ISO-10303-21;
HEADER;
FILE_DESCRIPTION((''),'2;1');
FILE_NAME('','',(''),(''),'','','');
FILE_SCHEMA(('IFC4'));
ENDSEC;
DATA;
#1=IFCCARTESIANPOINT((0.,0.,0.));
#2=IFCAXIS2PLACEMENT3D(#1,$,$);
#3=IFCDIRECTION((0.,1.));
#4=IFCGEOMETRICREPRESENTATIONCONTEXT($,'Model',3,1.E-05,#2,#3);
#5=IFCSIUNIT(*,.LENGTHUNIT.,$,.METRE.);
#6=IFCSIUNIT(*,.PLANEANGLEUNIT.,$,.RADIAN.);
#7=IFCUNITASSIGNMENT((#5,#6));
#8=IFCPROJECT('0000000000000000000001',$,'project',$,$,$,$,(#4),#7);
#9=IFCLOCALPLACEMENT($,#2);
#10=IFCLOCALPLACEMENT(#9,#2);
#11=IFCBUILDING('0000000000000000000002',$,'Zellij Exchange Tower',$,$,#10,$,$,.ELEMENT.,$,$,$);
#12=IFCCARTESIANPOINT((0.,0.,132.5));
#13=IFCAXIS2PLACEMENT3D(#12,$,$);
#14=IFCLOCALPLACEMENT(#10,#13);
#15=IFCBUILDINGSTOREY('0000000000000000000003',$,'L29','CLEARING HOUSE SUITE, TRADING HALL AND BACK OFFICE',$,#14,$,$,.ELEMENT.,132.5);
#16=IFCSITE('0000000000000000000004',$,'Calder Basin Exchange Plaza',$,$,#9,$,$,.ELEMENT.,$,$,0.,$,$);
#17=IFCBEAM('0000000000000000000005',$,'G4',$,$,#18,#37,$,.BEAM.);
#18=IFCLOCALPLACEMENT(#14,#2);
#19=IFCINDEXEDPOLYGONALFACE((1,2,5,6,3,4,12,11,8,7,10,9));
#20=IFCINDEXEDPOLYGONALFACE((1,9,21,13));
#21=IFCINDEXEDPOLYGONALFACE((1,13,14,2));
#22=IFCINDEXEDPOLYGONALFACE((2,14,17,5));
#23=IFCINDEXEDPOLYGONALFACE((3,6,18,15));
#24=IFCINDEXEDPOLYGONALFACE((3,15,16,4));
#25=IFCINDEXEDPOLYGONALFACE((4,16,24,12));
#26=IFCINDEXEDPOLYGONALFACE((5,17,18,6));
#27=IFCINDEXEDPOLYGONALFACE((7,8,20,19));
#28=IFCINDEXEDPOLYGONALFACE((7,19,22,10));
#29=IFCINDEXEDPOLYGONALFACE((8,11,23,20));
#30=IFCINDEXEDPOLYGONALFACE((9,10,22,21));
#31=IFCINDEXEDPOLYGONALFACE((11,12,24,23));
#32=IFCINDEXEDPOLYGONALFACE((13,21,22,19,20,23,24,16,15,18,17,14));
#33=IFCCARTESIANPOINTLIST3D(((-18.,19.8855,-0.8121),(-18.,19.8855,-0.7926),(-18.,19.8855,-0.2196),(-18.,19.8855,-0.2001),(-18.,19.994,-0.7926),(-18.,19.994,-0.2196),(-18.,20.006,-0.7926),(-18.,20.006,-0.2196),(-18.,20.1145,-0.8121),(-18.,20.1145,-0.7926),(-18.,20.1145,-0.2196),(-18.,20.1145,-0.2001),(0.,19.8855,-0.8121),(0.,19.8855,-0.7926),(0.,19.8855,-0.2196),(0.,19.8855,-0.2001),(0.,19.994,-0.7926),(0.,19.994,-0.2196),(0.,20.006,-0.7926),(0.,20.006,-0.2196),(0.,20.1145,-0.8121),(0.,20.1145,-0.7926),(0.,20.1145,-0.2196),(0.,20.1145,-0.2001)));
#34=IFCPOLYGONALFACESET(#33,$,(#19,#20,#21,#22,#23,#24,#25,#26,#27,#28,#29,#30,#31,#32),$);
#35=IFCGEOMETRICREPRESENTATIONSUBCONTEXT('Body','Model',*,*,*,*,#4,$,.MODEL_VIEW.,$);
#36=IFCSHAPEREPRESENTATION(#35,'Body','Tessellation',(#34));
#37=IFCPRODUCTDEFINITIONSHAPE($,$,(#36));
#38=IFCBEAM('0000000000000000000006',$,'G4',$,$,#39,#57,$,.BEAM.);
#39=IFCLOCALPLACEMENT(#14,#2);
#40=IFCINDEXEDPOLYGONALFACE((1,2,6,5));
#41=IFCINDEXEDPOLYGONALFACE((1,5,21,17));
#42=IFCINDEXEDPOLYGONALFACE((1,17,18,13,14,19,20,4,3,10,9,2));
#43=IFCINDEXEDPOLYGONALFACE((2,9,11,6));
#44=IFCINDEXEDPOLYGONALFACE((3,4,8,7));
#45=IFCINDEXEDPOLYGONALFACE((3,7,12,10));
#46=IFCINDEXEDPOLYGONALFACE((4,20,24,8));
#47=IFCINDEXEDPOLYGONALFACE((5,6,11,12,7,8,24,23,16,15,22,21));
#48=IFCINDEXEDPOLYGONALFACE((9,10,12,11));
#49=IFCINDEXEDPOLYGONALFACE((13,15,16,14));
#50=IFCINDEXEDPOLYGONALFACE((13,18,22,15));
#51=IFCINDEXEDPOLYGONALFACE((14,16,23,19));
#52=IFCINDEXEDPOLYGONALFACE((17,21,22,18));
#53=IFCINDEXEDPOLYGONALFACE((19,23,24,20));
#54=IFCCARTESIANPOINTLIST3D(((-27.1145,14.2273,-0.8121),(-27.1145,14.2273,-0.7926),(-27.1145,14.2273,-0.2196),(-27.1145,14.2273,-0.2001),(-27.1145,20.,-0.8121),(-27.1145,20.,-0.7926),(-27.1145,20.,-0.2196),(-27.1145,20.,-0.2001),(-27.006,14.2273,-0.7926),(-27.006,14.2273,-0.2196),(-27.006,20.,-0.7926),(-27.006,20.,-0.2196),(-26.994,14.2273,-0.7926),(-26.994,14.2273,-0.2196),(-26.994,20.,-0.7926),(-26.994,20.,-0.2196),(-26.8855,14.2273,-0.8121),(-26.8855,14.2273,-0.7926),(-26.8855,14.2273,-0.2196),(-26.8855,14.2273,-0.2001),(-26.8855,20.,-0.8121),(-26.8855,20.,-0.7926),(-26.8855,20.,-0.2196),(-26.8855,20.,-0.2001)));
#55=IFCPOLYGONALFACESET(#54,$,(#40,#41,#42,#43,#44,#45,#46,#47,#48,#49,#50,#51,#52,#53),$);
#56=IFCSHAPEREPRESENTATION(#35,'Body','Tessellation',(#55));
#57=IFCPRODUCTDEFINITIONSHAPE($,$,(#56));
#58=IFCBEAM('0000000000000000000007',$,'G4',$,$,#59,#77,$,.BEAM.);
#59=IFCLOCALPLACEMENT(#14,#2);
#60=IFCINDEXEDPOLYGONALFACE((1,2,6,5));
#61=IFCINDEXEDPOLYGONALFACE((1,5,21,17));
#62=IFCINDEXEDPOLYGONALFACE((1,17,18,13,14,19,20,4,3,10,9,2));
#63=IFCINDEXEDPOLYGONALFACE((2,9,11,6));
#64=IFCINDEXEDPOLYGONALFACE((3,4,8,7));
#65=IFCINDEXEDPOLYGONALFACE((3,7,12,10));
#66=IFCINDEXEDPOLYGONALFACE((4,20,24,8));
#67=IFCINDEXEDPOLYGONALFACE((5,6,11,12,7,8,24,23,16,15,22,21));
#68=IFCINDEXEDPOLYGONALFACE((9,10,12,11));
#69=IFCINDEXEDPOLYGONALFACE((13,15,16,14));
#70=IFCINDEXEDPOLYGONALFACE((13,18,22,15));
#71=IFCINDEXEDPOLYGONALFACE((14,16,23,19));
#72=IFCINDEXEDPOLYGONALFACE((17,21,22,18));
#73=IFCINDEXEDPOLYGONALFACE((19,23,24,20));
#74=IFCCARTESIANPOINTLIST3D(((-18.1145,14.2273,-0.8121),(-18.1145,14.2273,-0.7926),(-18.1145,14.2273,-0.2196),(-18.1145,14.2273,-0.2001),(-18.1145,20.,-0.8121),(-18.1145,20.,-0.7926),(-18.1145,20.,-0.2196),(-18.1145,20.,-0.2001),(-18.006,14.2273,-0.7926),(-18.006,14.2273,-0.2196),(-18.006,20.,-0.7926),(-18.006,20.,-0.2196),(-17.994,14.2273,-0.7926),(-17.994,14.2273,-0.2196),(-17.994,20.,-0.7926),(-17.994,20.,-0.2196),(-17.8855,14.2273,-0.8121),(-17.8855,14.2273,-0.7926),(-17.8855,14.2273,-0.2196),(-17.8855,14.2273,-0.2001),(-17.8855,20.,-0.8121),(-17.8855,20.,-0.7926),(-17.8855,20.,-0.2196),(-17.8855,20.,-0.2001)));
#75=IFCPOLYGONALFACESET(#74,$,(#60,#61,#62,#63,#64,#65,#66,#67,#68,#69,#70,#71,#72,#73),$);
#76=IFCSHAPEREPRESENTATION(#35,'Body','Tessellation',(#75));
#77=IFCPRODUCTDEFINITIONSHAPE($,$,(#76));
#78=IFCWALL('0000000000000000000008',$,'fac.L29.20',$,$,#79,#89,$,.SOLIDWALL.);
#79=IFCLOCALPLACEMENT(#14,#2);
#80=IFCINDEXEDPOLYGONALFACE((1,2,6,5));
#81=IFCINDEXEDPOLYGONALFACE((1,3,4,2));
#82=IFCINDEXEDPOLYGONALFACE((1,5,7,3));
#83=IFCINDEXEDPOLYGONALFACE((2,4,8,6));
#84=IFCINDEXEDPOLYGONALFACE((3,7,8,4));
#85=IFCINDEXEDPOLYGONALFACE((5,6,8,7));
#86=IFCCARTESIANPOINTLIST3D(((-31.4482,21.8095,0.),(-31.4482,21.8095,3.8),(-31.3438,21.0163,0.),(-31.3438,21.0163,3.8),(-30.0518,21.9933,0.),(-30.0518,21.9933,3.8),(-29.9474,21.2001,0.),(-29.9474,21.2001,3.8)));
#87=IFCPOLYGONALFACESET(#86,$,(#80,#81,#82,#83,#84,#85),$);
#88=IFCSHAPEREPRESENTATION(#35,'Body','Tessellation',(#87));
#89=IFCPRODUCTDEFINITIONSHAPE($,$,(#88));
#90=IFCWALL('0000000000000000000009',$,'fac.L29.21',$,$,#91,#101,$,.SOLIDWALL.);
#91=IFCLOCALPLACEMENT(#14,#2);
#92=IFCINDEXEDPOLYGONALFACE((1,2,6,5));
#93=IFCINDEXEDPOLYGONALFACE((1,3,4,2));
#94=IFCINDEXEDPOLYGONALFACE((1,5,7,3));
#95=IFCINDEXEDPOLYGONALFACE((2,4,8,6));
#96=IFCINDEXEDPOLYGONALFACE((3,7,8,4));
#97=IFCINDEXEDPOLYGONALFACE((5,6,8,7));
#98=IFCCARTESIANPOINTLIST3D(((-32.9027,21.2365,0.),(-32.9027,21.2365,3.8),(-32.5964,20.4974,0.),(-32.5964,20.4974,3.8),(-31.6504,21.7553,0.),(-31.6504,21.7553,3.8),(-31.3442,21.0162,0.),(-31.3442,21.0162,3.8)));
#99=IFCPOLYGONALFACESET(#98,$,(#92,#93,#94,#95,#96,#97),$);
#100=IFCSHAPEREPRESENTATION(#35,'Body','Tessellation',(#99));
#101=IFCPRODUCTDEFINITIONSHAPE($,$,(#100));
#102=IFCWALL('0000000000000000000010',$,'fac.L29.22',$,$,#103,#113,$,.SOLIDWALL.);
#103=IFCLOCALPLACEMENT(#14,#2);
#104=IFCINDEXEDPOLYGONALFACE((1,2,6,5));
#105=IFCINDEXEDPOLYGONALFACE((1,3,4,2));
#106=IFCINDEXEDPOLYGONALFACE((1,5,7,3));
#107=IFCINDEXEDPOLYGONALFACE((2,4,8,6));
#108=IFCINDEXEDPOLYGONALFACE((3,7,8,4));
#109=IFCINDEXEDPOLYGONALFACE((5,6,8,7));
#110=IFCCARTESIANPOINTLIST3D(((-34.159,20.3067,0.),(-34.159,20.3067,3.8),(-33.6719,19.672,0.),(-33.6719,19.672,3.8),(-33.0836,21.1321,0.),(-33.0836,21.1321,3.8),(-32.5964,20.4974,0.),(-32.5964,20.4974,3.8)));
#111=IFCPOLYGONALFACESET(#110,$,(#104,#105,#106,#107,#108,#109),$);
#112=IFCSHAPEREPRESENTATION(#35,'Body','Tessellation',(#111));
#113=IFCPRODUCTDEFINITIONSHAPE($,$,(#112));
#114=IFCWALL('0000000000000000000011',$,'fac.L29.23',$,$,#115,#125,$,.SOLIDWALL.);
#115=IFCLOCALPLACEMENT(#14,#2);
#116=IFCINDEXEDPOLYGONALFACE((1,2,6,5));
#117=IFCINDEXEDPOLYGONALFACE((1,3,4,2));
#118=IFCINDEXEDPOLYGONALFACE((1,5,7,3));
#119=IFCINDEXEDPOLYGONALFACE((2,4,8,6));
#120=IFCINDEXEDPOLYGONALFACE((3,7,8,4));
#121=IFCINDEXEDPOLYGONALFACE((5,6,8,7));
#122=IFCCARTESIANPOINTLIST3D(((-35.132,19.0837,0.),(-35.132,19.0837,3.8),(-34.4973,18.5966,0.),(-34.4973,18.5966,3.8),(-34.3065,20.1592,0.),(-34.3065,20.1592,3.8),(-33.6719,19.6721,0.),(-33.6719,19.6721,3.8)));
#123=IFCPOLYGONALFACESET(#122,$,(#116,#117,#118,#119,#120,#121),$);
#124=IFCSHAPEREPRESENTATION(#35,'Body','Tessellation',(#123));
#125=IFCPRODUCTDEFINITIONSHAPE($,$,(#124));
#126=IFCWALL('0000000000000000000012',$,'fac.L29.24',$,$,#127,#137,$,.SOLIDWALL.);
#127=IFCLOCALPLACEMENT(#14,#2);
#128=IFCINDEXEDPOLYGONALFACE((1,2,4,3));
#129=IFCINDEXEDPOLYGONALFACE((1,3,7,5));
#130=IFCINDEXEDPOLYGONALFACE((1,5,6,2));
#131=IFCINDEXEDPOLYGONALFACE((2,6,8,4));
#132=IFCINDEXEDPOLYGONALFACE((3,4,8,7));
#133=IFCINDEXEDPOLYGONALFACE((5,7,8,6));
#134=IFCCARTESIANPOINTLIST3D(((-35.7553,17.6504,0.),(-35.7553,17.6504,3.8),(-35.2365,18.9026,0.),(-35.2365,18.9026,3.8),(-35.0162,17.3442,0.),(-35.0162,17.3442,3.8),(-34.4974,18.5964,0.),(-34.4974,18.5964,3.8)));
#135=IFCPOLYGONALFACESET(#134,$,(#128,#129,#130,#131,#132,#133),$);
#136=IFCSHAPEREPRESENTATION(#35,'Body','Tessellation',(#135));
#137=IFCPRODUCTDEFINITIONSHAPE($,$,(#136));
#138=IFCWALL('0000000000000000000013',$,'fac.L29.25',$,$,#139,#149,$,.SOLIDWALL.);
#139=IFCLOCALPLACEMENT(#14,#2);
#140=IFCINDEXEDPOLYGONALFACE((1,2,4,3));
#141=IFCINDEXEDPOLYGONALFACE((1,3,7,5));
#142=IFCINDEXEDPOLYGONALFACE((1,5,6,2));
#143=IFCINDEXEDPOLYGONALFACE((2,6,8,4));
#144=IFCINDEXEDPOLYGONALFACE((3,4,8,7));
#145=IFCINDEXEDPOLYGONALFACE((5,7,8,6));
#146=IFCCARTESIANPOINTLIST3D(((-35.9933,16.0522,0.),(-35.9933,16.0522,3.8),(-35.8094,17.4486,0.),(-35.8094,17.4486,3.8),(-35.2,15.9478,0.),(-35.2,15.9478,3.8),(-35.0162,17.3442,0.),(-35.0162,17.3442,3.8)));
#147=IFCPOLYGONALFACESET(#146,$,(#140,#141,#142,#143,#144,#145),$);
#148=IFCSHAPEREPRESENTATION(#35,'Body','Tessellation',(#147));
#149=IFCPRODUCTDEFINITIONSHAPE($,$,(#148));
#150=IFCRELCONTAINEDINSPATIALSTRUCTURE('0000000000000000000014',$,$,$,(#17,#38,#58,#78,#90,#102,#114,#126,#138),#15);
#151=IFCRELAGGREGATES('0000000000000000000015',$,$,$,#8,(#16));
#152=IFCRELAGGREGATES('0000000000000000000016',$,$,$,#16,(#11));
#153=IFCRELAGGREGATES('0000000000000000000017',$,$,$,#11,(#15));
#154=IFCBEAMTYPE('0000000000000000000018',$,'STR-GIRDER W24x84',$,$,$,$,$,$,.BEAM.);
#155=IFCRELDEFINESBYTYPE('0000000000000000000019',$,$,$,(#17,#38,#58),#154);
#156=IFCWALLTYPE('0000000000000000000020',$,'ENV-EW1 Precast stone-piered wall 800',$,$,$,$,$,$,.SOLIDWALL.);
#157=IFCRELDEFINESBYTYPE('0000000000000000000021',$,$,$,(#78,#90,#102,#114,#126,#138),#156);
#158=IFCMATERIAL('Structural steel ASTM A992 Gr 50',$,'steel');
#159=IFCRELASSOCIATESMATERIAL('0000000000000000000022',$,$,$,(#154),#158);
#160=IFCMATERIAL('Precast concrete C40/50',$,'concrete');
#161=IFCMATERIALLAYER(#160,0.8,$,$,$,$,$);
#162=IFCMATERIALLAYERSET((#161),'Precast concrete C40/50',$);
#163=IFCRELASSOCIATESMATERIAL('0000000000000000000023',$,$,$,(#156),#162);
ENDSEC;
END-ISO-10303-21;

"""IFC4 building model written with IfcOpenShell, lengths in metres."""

from ifc_helpers import new_model, si_unit, direction, frame, frame_2d, origin, origin_2d, place, context, subcontext, project, spatial, rectangle, i_section, extrude, material, layer, layer_set, material_profile, profile_set, type_object, element, save


model = new_model("IFC4")

# Units and contexts
model_context = context("Model", 3, precision=1e-05, world=origin(), true_north=direction((0.0, 1.0)))
body_context = subcontext(model_context, "Body", "Model", "MODEL_VIEW")
ifc_project = project(units=[si_unit("LENGTHUNIT", "METRE"), si_unit("PLANEANGLEUNIT", "RADIAN")], contexts=[model_context])

# Site, building, storey
site_placement = place(None, origin())
site = spatial("IfcSite", under=ifc_project, at=site_placement, Name="Calder Basin Exchange Plaza", CompositionType="ELEMENT", RefElevation=0.0)
building_placement = place(site_placement, origin())
building = spatial("IfcBuilding", under=site, at=building_placement, Name="Zellij Exchange Tower", CompositionType="ELEMENT")
storey_placement = place(building_placement, frame((0.0, 0.0, 132.5)))
storey = spatial("IfcBuildingStorey", under=building, at=storey_placement, Name="L29", Description="CLEARING HOUSE SUITE, TRADING HALL AND BACK OFFICE", CompositionType="ELEMENT", Elevation=132.5)

# Beams
ifc_material_1 = material(Name="Structural steel ASTM A992 Gr 50", Category="steel")
ifc_material_profile_1 = material_profile(ifc_material_1, i_section(OverallWidth=0.229, OverallDepth=0.6121, WebThickness=0.012, FlangeThickness=0.0195, at=origin_2d()), Name="W24x84")
ifc_profile_set_1 = profile_set([ifc_material_profile_1], Name="Structural steel ASTM A992 Gr 50")
beam_type = type_object("IfcBeamType", Name="STR-GIRDER W24x84", PredefinedType="BEAM", material=ifc_profile_set_1)
beam_1_placement = place(storey_placement, frame((-18.0, 20.0, -0.5061), z_axis=(1.0, 0.0, 0.0), x_axis=(0.0, 1.0, 0.0)))
element("IfcBeam", 1, at=beam_1_placement, inside=storey, type_object=beam_type, Name="G4", PredefinedType="BEAM", context=body_context, shape_type="SweptSolid", body=[
    extrude(i_section(OverallWidth=0.229, OverallDepth=0.6121, WebThickness=0.012, FlangeThickness=0.0195, at=origin_2d()), origin(), (0.0, 0.0, 1.0), 18.0),
])
for number, where, z_axis, x_axis, name in (
    (2, (-27.0, 14.2273, -0.5061), (0.0, 1.0, 0.0), (-1.0, 0.0, 0.0), "G4"),
    (3, (-18.0, 14.2273, -0.5061), (0.0, 1.0, 0.0), (-1.0, 0.0, 0.0), "G4"),
):
    element("IfcBeam", number, at=place(storey_placement, frame(where, z_axis=z_axis, x_axis=x_axis)), inside=storey, type_object=beam_type, Name=name, PredefinedType="BEAM", context=body_context, shape_type="SweptSolid", body=[
        extrude(i_section(OverallWidth=0.229, OverallDepth=0.6121, WebThickness=0.012, FlangeThickness=0.0195, at=origin_2d()), origin(), (0.0, 0.0, 1.0), 5.7727),
    ])

# Walls
ifc_material_2 = material(Name="Precast concrete C40/50", Category="concrete")
ifc_layer_1 = layer(ifc_material_2, 0.8)
ifc_layer_set_1 = layer_set([ifc_layer_1], Name="Precast concrete C40/50")
wall_type_1 = type_object("IfcWallType", Name="ENV-EW1 Precast stone-piered wall 800", PredefinedType="SOLIDWALL", material=ifc_layer_set_1)
wall_1_placement = place(storey_placement, frame((-29.9998, 21.5967, 0.0), z_axis=(0.0, 0.0, 1.0), x_axis=(-0.991446, -0.130517, 0.0)))
element("IfcWall", 4, at=wall_1_placement, inside=storey, type_object=wall_type_1, Name="fac.L29.20", PredefinedType="SOLIDWALL", context=body_context, shape_type="SweptSolid", body=[
    extrude(rectangle(XDim=1.4084, YDim=0.8, at=frame_2d((0.7041, 0.0))), origin(), (0.0, 0.0, 1.0), 3.8),
])
wall_2_placement = place(storey_placement, frame((-31.4973, 21.3857, 0.0), z_axis=(0.0, 0.0, 1.0), x_axis=(-0.923848, -0.38276, 0.0)))
element("IfcWall", 5, at=wall_2_placement, inside=storey, type_object=wall_type_1, Name="fac.L29.21", PredefinedType="SOLIDWALL", context=body_context, shape_type="SweptSolid", body=[
    extrude(rectangle(XDim=1.3555, YDim=0.8, at=frame_2d((0.6777, 0.0))), origin(), (0.0, 0.0, 1.0), 3.8),
])
for number, where, z_axis, x_axis, name in (
    (6, (-32.8401, 20.8147, 0.0), (0.0, 0.0, 1.0), (-0.793273, -0.608866, 0.0), "fac.L29.22"),
    (7, (-33.9893, 19.9155, 0.0), (0.0, 0.0, 1.0), (-0.608866, -0.793273, 0.0), "fac.L29.23"),
):
    element("IfcWall", number, at=place(storey_placement, frame(where, z_axis=z_axis, x_axis=x_axis)), inside=storey, type_object=wall_type_1, Name=name, PredefinedType="SOLIDWALL", context=body_context, shape_type="SweptSolid", body=[
        extrude(rectangle(XDim=1.3557, YDim=0.8, at=frame_2d((0.6777, 0.0))), origin(), (0.0, 0.0, 1.0), 3.8),
    ])
wall_3_placement = place(storey_placement, frame((-34.8669, 18.7495, 0.0), z_axis=(0.0, 0.0, 1.0), x_axis=(-0.38276, -0.923848, 0.0)))
element("IfcWall", 8, at=wall_3_placement, inside=storey, type_object=wall_type_1, Name="fac.L29.24", PredefinedType="SOLIDWALL", context=body_context, shape_type="SweptSolid", body=[
    extrude(rectangle(XDim=1.3555, YDim=0.8, at=frame_2d((0.6777, 0.0))), origin(), (0.0, 0.0, 1.0), 3.8),
])
wall_4_placement = place(storey_placement, frame((-35.4128, 17.3962, 0.0), z_axis=(0.0, 0.0, 1.0), x_axis=(-0.130517, -0.991446, 0.0)))
element("IfcWall", 9, at=wall_4_placement, inside=storey, type_object=wall_type_1, Name="fac.L29.25", PredefinedType="SOLIDWALL", context=body_context, shape_type="SweptSolid", body=[
    extrude(rectangle(XDim=1.4084, YDim=0.8, at=frame_2d((0.7041, 0.0))), origin(), (0.0, 0.0, 1.0), 3.8),
])

save(model, "model.ifc")
